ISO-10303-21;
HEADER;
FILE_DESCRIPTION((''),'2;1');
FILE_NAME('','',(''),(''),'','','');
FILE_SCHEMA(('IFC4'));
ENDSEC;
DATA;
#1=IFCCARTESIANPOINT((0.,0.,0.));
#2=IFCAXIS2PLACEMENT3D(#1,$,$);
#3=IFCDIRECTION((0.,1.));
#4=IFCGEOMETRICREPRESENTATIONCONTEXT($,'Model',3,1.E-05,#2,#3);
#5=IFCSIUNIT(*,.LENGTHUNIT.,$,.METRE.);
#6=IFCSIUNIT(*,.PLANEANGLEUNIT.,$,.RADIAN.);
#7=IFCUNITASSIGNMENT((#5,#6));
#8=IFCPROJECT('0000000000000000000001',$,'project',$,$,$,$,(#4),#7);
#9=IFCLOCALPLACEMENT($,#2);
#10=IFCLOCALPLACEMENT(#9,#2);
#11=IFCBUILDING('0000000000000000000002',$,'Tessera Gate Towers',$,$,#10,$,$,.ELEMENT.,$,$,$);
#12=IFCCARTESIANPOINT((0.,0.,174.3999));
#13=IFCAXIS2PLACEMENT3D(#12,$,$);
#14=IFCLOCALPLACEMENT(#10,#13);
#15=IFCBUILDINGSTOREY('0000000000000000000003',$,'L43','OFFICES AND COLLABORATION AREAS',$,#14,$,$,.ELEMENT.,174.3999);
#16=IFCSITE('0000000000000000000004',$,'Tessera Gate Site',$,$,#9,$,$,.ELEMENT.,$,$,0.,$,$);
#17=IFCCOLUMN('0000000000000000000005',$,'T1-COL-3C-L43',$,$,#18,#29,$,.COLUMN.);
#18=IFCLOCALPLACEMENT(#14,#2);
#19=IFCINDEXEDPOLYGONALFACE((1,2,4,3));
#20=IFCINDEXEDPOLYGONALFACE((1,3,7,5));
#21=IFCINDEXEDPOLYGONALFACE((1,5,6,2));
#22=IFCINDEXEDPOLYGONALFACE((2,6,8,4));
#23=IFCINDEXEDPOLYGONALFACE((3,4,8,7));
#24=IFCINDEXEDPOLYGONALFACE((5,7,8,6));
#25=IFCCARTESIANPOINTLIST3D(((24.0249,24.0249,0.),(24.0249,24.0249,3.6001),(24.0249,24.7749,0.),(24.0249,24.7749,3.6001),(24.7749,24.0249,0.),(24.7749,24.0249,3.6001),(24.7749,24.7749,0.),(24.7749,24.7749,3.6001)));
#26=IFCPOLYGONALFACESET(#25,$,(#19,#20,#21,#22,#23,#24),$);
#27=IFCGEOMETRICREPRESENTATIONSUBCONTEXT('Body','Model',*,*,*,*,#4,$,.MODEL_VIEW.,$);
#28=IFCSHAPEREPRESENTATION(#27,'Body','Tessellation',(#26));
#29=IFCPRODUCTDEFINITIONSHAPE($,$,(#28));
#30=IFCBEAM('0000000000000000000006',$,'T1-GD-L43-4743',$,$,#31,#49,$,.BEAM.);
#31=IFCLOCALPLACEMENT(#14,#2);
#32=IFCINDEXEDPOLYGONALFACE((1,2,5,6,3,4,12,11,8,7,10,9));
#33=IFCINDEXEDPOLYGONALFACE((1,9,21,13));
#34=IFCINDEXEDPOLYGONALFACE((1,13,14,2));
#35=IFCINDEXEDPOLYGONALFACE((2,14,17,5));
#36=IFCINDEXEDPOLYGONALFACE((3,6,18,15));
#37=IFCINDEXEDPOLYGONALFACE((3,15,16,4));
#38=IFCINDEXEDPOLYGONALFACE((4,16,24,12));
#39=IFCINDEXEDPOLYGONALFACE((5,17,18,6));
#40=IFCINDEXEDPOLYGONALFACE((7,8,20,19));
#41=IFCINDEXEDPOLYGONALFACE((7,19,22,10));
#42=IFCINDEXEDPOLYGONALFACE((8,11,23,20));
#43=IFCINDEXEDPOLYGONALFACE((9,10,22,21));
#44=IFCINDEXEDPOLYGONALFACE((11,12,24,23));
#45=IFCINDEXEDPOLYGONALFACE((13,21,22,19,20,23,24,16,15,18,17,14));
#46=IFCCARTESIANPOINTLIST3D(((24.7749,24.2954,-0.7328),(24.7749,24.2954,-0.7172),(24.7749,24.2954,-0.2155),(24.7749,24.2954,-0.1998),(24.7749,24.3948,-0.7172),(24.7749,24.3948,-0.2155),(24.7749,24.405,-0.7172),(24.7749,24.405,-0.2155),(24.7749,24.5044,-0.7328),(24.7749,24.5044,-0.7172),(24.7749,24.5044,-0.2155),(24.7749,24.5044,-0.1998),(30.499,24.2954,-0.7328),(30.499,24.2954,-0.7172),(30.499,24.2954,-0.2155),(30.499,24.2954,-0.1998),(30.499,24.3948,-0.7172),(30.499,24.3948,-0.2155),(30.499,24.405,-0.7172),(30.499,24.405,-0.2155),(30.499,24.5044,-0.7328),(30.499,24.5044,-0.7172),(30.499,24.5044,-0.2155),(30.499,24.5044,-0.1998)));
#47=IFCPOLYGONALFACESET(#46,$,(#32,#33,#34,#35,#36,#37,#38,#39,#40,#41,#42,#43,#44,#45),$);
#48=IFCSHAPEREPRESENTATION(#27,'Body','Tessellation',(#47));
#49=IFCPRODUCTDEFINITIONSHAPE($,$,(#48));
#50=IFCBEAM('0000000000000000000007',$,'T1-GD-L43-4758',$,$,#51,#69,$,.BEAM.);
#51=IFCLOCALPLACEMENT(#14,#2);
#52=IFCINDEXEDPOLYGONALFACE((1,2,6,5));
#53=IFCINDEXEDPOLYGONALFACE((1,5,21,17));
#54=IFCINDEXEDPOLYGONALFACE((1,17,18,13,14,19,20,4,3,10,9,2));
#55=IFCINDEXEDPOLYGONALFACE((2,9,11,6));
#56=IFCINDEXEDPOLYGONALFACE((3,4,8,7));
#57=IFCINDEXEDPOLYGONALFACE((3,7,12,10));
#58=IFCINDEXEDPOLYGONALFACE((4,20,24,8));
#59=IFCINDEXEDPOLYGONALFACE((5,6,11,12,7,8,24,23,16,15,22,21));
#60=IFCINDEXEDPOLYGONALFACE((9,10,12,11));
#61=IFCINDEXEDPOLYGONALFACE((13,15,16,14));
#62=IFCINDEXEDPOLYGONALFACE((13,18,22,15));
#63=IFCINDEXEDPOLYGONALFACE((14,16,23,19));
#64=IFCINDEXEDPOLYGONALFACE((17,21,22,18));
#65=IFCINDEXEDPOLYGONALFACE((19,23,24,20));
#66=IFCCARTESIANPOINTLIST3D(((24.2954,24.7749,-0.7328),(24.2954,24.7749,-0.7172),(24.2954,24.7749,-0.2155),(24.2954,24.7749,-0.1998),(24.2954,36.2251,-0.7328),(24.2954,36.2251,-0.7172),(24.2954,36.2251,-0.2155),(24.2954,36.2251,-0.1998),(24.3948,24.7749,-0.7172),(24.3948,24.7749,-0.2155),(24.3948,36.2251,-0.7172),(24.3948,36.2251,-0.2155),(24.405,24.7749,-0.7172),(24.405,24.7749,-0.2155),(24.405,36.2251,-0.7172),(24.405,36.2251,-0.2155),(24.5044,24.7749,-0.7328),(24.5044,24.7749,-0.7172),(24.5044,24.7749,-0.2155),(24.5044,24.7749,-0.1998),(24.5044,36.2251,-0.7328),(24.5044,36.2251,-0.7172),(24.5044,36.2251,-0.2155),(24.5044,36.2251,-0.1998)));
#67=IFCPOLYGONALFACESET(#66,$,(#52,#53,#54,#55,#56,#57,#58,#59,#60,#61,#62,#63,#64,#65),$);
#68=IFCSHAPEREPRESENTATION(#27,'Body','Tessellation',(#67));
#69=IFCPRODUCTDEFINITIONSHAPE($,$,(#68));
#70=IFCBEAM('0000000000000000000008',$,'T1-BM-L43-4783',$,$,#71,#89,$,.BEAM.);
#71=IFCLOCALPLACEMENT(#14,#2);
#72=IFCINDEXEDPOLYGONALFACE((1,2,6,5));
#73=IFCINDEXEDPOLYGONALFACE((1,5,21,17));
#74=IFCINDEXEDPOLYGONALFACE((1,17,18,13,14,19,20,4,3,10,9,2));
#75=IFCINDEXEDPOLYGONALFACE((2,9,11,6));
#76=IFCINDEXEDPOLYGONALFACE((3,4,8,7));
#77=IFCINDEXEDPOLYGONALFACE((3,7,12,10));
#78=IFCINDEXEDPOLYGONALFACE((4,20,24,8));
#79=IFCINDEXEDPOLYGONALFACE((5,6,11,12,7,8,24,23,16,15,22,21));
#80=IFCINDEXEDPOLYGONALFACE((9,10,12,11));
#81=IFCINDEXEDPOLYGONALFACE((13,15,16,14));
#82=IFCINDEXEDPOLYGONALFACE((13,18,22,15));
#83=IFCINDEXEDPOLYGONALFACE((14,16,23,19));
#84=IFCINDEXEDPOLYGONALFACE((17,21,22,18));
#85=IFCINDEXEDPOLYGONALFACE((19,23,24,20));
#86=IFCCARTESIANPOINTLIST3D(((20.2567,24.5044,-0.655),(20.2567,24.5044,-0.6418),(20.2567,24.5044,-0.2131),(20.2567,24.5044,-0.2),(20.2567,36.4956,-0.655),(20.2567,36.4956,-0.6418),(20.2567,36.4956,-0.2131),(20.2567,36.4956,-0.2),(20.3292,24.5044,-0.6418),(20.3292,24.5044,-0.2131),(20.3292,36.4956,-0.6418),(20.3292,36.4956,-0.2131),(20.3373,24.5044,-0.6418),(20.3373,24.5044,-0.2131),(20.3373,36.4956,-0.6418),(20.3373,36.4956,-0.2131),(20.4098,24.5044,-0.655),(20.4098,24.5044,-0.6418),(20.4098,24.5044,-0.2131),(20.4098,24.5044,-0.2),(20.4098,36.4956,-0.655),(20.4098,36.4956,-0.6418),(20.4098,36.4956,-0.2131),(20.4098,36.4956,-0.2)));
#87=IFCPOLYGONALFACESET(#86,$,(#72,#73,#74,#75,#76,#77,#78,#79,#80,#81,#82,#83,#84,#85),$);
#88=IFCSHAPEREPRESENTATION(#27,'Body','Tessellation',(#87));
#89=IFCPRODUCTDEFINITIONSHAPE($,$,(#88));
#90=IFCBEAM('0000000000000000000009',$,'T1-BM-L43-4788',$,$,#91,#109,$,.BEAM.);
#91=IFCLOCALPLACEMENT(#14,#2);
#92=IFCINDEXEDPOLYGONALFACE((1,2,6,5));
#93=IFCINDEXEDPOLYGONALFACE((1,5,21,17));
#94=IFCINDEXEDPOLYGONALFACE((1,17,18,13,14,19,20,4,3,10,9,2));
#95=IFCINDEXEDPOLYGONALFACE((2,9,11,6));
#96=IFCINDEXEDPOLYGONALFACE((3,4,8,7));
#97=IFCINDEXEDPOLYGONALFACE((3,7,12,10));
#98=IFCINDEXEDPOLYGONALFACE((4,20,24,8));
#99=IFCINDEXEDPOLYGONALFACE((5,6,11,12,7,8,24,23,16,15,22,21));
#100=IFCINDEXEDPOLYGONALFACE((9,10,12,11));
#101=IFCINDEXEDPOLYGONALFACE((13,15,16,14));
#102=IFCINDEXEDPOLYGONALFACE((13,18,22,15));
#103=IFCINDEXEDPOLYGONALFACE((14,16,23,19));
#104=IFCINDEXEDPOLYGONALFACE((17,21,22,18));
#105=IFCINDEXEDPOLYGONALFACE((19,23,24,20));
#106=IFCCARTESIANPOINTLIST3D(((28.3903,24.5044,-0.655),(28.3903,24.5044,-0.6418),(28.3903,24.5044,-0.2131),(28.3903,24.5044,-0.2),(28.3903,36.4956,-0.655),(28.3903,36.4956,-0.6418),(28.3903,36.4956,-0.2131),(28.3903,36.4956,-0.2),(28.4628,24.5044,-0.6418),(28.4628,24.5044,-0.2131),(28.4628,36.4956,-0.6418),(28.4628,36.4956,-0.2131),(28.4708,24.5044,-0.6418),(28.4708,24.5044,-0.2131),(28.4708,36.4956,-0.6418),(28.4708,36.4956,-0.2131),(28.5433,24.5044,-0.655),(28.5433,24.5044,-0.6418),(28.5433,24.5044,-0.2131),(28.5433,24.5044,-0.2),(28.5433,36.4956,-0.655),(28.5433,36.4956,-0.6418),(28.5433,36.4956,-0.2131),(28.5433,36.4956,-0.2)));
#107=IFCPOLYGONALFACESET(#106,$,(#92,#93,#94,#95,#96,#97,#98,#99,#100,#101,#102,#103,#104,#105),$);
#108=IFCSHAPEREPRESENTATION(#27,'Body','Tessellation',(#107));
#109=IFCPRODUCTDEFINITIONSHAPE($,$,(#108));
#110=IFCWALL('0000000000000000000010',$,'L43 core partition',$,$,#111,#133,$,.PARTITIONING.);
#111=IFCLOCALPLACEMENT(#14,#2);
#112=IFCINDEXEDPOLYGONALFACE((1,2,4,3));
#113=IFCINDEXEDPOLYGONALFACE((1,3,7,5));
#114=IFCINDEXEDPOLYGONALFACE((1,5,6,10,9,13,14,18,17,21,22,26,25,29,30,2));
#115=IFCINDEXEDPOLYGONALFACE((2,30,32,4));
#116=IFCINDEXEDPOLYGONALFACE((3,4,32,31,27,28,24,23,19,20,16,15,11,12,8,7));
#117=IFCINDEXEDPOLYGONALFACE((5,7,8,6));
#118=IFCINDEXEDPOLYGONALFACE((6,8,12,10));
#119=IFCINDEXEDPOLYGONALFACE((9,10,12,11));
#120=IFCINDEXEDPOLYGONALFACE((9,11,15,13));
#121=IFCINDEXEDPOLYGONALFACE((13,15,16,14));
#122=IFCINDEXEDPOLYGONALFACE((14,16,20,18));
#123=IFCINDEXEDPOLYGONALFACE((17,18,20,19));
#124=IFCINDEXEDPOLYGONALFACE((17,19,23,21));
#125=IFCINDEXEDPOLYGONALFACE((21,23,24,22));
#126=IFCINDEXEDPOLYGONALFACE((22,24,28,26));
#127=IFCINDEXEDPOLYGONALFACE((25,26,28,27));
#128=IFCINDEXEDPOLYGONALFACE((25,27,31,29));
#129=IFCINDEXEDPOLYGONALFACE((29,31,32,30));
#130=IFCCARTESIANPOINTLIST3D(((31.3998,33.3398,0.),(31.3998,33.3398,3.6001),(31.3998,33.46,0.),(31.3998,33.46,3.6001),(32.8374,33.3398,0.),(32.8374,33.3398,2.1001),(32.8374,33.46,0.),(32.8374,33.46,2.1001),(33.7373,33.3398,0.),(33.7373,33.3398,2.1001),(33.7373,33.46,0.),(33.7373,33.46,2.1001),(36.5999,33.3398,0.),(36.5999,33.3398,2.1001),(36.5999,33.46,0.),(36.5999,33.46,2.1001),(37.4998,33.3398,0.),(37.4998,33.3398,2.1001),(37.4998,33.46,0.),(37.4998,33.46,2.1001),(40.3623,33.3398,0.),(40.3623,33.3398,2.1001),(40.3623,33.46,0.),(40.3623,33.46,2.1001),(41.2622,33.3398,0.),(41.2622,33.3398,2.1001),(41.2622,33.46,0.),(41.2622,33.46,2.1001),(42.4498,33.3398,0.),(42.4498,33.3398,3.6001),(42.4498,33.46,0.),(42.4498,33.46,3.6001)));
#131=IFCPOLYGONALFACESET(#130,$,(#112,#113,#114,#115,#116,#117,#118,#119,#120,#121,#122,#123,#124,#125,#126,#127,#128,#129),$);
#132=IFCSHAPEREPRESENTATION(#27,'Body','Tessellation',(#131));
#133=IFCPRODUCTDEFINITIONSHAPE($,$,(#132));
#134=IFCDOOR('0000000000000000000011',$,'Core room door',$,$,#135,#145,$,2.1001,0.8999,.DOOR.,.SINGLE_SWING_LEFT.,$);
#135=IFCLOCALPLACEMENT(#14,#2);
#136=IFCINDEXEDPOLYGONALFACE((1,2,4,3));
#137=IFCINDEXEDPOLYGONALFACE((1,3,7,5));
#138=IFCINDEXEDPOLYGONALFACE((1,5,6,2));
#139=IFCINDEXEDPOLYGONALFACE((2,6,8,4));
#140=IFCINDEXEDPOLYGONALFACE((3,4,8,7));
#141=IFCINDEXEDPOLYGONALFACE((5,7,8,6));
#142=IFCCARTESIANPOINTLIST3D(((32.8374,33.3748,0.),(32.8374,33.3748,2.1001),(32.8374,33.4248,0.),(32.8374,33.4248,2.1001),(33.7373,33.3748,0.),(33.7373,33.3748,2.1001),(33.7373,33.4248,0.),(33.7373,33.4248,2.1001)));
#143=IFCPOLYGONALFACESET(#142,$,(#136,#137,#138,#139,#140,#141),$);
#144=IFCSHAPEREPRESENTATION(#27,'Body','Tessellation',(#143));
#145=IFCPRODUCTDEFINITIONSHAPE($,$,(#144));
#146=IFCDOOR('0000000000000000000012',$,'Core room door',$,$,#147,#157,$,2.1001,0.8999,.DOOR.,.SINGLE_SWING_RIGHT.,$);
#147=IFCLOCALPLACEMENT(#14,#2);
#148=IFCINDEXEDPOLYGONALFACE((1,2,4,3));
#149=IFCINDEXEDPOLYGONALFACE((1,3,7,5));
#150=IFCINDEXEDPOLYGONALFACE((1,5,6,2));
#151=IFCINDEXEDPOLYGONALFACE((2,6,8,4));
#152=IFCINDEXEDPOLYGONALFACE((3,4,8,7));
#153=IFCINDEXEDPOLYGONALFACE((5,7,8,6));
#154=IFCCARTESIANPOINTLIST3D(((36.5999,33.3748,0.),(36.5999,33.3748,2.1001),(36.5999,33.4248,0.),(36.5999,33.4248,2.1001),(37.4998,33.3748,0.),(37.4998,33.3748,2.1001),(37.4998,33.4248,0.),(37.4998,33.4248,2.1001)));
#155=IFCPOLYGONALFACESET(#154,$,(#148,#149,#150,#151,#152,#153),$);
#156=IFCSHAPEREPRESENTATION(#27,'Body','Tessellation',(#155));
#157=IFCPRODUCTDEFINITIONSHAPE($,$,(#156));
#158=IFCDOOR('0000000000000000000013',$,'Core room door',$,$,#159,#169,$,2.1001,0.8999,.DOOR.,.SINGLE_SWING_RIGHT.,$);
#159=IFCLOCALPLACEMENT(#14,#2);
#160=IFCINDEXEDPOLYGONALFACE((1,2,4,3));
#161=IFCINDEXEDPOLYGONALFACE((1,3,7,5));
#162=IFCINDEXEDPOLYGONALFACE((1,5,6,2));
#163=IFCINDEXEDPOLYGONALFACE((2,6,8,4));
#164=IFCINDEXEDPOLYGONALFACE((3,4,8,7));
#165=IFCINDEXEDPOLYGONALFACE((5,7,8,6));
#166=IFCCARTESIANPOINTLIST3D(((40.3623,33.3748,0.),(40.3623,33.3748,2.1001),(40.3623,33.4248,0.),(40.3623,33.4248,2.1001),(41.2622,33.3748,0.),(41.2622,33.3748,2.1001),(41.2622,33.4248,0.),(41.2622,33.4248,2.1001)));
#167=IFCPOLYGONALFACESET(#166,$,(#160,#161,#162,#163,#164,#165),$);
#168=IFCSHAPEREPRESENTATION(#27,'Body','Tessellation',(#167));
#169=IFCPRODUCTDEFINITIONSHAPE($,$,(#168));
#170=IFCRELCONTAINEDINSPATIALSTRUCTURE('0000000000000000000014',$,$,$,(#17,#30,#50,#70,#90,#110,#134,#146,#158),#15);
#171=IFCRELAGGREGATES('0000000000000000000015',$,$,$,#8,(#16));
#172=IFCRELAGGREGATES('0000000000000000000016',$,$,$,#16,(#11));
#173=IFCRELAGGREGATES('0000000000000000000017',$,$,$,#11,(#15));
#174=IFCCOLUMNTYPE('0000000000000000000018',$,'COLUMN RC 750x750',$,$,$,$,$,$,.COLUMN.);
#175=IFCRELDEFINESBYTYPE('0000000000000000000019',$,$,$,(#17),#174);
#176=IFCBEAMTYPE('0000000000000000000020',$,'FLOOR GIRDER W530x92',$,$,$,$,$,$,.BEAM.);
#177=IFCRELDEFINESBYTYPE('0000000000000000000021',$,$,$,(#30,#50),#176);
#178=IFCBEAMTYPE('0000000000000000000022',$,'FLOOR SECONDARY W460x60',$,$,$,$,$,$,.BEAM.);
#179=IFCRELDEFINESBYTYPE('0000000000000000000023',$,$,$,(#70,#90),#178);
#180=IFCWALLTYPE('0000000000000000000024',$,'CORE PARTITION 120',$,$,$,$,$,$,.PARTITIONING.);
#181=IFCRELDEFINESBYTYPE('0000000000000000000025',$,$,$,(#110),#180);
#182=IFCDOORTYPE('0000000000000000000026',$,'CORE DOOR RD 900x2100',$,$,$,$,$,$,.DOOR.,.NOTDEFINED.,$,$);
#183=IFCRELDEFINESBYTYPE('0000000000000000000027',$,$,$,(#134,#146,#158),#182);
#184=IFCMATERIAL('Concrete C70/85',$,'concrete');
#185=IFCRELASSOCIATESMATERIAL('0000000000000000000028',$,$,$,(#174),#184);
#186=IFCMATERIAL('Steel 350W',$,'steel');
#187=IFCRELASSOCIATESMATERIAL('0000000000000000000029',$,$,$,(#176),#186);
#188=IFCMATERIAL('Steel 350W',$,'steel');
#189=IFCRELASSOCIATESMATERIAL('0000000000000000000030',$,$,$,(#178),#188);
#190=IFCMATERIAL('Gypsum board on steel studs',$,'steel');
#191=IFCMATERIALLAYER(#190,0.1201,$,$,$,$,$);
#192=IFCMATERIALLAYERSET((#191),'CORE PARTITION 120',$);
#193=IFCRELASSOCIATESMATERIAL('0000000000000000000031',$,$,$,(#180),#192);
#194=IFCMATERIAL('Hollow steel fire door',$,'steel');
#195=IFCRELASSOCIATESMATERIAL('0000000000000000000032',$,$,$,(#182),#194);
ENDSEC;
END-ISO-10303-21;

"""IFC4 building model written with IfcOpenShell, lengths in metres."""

from ifc_helpers import new_model, si_unit, direction, frame, frame_2d, origin, origin_2d, place, context, subcontext, project, spatial, rectangle, i_section, extrude, source, transform, mapped, material, layer, layer_set, material_profile, profile_set, type_object, element, fill, save


model = new_model("IFC4")

# Units and contexts
model_context = context("Model", 3, precision=1e-05, world=origin(), true_north=direction((0.0, 1.0)))
body_context = subcontext(model_context, "Body", "Model", "MODEL_VIEW")
ifc_project = project(units=[si_unit("LENGTHUNIT", "METRE"), si_unit("PLANEANGLEUNIT", "RADIAN")], contexts=[model_context])

# Site, building, storey
site_placement = place(None, origin())
site = spatial("IfcSite", under=ifc_project, at=site_placement, Name="Tessera Gate Site", CompositionType="ELEMENT", RefElevation=0.0)
building_placement = place(site_placement, origin())
building = spatial("IfcBuilding", under=site, at=building_placement, Name="Tessera Gate Towers", CompositionType="ELEMENT")
storey_placement = place(building_placement, frame((0.0, 0.0, 174.3999)))
storey = spatial("IfcBuildingStorey", under=building, at=storey_placement, Name="L43", Description="OFFICES AND COLLABORATION AREAS", CompositionType="ELEMENT", Elevation=174.3999)

# Column
ifc_material_1 = material(Name="Concrete C70/85", Category="concrete")
ifc_material_profile_1 = material_profile(ifc_material_1, rectangle(XDim=0.75, YDim=0.75, at=origin_2d()), Name="RC 750x750")
ifc_profile_set_1 = profile_set([ifc_material_profile_1], Name="Concrete C70/85")
column_type = type_object("IfcColumnType", Name="COLUMN RC 750x750", PredefinedType="COLUMN", material=ifc_profile_set_1)
column_placement = place(storey_placement, frame((24.3999, 24.3999, 0.0), z_axis=(0.0, 0.0, 1.0), x_axis=(1.0, 0.0, 0.0)))
element("IfcColumn", 1, at=column_placement, inside=storey, type_object=column_type, Name="T1-COL-3C-L43", PredefinedType="COLUMN", context=body_context, shape_type="SweptSolid", body=[
    extrude(rectangle(XDim=0.75, YDim=0.75, at=origin_2d()), origin(), (0.0, 0.0, 1.0), 3.6001),
])

# Beams
ifc_material_2 = material(Name="Steel 350W", Category="steel")
ifc_material_profile_2 = material_profile(ifc_material_2, i_section(OverallWidth=0.209, OverallDepth=0.533, WebThickness=0.0103, FlangeThickness=0.0156, at=origin_2d()), Name="W530x92")
ifc_profile_set_2 = profile_set([ifc_material_profile_2], Name="Steel 350W")
beam_type_1 = type_object("IfcBeamType", Name="FLOOR GIRDER W530x92", PredefinedType="BEAM", material=ifc_profile_set_2)
beam_1_placement = place(storey_placement, frame((24.7749, 24.3999, -0.4663), z_axis=(1.0, 0.0, 0.0), x_axis=(0.0, 1.0, 0.0)))
element("IfcBeam", 2, at=beam_1_placement, inside=storey, type_object=beam_type_1, Name="T1-GD-L43-4743", PredefinedType="BEAM", context=body_context, shape_type="SweptSolid", body=[
    extrude(i_section(OverallWidth=0.209, OverallDepth=0.533, WebThickness=0.0103, FlangeThickness=0.0156, at=origin_2d()), origin(), (0.0, 0.0, 1.0), 5.7241),
])
beam_2_placement = place(storey_placement, frame((24.3999, 24.7749, -0.4663), z_axis=(0.0, 1.0, 0.0), x_axis=(-1.0, 0.0, 0.0)))
element("IfcBeam", 3, at=beam_2_placement, inside=storey, type_object=beam_type_1, Name="T1-GD-L43-4758", PredefinedType="BEAM", context=body_context, shape_type="SweptSolid", body=[
    extrude(i_section(OverallWidth=0.209, OverallDepth=0.533, WebThickness=0.0103, FlangeThickness=0.0156, at=origin_2d()), origin(), (0.0, 0.0, 1.0), 11.4502),
])
ifc_material_3 = material(Name="Steel 350W", Category="steel")
ifc_material_profile_3 = material_profile(ifc_material_3, i_section(OverallWidth=0.1531, OverallDepth=0.4551, WebThickness=0.0081, FlangeThickness=0.0132, at=origin_2d()), Name="W460x60")
ifc_profile_set_3 = profile_set([ifc_material_profile_3], Name="Steel 350W")
beam_type_2 = type_object("IfcBeamType", Name="FLOOR SECONDARY W460x60", PredefinedType="BEAM", material=ifc_profile_set_3)
for number, where, z_axis, x_axis, name in (
    (4, (20.3333, 24.5044, -0.4275), (0.0, 1.0, 0.0), (-1.0, 0.0, 0.0), "T1-BM-L43-4783"),
    (5, (28.4668, 24.5044, -0.4275), (0.0, 1.0, 0.0), (-1.0, 0.0, 0.0), "T1-BM-L43-4788"),
):
    element("IfcBeam", number, at=place(storey_placement, frame(where, z_axis=z_axis, x_axis=x_axis)), inside=storey, type_object=beam_type_2, Name=name, PredefinedType="BEAM", context=body_context, shape_type="SweptSolid", body=[
        extrude(i_section(OverallWidth=0.1531, OverallDepth=0.4551, WebThickness=0.0081, FlangeThickness=0.0132, at=origin_2d()), origin(), (0.0, 0.0, 1.0), 11.9912),
    ])

# Wall, openings, doors
ifc_material_4 = material(Name="Gypsum board on steel studs", Category="steel")
ifc_layer_1 = layer(ifc_material_4, 0.1201)
ifc_layer_set_1 = layer_set([ifc_layer_1], Name="CORE PARTITION 120")
wall_type_1 = type_object("IfcWallType", Name="CORE PARTITION 120", PredefinedType="PARTITIONING", material=ifc_layer_set_1)
wall_1_placement = place(storey_placement, frame((31.3999, 33.3999, 0.0), z_axis=(0.0, 0.0, 1.0), x_axis=(1.0, 0.0, 0.0)))
wall_1 = element("IfcWall", 6, at=wall_1_placement, inside=storey, type_object=wall_type_1, Name="L43 core partition", PredefinedType="PARTITIONING", context=body_context, shape_type="SweptSolid", body=[
    extrude(rectangle(XDim=11.05, YDim=0.1201, at=frame_2d((5.5249, 0.0))), origin(), (0.0, 0.0, 1.0), 3.6001),
])
shared_shape_1 = source(origin(), body_context, "Body", "SweptSolid", [
    extrude(rectangle(XDim=0.8999, YDim=2.1001, at=frame_2d((0.45, 1.05))), frame((0.0, 0.0701, 0.0), z_axis=(0.0, -1.0, 0.0), x_axis=(1.0, 0.0, 0.0)), (0.0, 0.0, 1.0), 0.1401),
])
opening_1_placement = place(wall_1_placement, frame((1.4375, 0.0, 0.0)))
opening_1 = element("IfcOpeningElement", 7, at=opening_1_placement, cuts=wall_1, PredefinedType="OPENING", context=body_context, shape_type="MappedRepresentation", body=[
    mapped(shared_shape_1, transform((0.0, 0.0, 0.0), scale=1.0)),
])
opening_2_placement = place(wall_1_placement, frame((5.2, 0.0, 0.0)))
opening_2 = element("IfcOpeningElement", 8, at=opening_2_placement, cuts=wall_1, PredefinedType="OPENING", context=body_context, shape_type="MappedRepresentation", body=[
    mapped(shared_shape_1, transform((0.0, 0.0, 0.0), scale=1.0)),
])
opening_3_placement = place(wall_1_placement, frame((8.9624, 0.0, 0.0)))
opening_3 = element("IfcOpeningElement", 9, at=opening_3_placement, cuts=wall_1, PredefinedType="OPENING", context=body_context, shape_type="MappedRepresentation", body=[
    mapped(shared_shape_1, transform((0.0, 0.0, 0.0), scale=1.0)),
])
ifc_material_5 = material(Name="Hollow steel fire door", Category="steel")
door_type_1 = type_object("IfcDoorType", Name="CORE DOOR RD 900x2100", OperationType="NOTDEFINED", PredefinedType="DOOR", material=ifc_material_5)
shared_shape_2 = source(origin(), body_context, "Body", "SweptSolid", [
    extrude(rectangle(XDim=0.8999, YDim=2.1001, at=frame_2d((0.45, 1.05))), frame((0.0, 0.0249, 0.0), z_axis=(0.0, -1.0, 0.0), x_axis=(1.0, 0.0, 0.0)), (0.0, 0.0, 1.0), 0.05),
])
door_1_placement = place(opening_1_placement, origin())
door_1 = element("IfcDoor", 10, at=door_1_placement, inside=storey, type_object=door_type_1, Name="Core room door", OperationType="SINGLE_SWING_LEFT", OverallHeight=2.1001, OverallWidth=0.8999, PredefinedType="DOOR", context=body_context, shape_type="MappedRepresentation", body=[
    mapped(shared_shape_2, transform((0.0, 0.0, 0.0), scale=1.0)),
])
fill(opening_1, door_1)
door_2_placement = place(opening_2_placement, origin())
door_2 = element("IfcDoor", 11, at=door_2_placement, inside=storey, type_object=door_type_1, Name="Core room door", OperationType="SINGLE_SWING_RIGHT", OverallHeight=2.1001, OverallWidth=0.8999, PredefinedType="DOOR", context=body_context, shape_type="MappedRepresentation", body=[
    mapped(shared_shape_2, transform((0.0, 0.0, 0.0), scale=1.0)),
])
fill(opening_2, door_2)
door_3_placement = place(opening_3_placement, origin())
door_3 = element("IfcDoor", 12, at=door_3_placement, inside=storey, type_object=door_type_1, Name="Core room door", OperationType="SINGLE_SWING_RIGHT", OverallHeight=2.1001, OverallWidth=0.8999, PredefinedType="DOOR", context=body_context, shape_type="MappedRepresentation", body=[
    mapped(shared_shape_2, transform((0.0, 0.0, 0.0), scale=1.0)),
])
fill(opening_3, door_3)

save(model, "model.ifc")
